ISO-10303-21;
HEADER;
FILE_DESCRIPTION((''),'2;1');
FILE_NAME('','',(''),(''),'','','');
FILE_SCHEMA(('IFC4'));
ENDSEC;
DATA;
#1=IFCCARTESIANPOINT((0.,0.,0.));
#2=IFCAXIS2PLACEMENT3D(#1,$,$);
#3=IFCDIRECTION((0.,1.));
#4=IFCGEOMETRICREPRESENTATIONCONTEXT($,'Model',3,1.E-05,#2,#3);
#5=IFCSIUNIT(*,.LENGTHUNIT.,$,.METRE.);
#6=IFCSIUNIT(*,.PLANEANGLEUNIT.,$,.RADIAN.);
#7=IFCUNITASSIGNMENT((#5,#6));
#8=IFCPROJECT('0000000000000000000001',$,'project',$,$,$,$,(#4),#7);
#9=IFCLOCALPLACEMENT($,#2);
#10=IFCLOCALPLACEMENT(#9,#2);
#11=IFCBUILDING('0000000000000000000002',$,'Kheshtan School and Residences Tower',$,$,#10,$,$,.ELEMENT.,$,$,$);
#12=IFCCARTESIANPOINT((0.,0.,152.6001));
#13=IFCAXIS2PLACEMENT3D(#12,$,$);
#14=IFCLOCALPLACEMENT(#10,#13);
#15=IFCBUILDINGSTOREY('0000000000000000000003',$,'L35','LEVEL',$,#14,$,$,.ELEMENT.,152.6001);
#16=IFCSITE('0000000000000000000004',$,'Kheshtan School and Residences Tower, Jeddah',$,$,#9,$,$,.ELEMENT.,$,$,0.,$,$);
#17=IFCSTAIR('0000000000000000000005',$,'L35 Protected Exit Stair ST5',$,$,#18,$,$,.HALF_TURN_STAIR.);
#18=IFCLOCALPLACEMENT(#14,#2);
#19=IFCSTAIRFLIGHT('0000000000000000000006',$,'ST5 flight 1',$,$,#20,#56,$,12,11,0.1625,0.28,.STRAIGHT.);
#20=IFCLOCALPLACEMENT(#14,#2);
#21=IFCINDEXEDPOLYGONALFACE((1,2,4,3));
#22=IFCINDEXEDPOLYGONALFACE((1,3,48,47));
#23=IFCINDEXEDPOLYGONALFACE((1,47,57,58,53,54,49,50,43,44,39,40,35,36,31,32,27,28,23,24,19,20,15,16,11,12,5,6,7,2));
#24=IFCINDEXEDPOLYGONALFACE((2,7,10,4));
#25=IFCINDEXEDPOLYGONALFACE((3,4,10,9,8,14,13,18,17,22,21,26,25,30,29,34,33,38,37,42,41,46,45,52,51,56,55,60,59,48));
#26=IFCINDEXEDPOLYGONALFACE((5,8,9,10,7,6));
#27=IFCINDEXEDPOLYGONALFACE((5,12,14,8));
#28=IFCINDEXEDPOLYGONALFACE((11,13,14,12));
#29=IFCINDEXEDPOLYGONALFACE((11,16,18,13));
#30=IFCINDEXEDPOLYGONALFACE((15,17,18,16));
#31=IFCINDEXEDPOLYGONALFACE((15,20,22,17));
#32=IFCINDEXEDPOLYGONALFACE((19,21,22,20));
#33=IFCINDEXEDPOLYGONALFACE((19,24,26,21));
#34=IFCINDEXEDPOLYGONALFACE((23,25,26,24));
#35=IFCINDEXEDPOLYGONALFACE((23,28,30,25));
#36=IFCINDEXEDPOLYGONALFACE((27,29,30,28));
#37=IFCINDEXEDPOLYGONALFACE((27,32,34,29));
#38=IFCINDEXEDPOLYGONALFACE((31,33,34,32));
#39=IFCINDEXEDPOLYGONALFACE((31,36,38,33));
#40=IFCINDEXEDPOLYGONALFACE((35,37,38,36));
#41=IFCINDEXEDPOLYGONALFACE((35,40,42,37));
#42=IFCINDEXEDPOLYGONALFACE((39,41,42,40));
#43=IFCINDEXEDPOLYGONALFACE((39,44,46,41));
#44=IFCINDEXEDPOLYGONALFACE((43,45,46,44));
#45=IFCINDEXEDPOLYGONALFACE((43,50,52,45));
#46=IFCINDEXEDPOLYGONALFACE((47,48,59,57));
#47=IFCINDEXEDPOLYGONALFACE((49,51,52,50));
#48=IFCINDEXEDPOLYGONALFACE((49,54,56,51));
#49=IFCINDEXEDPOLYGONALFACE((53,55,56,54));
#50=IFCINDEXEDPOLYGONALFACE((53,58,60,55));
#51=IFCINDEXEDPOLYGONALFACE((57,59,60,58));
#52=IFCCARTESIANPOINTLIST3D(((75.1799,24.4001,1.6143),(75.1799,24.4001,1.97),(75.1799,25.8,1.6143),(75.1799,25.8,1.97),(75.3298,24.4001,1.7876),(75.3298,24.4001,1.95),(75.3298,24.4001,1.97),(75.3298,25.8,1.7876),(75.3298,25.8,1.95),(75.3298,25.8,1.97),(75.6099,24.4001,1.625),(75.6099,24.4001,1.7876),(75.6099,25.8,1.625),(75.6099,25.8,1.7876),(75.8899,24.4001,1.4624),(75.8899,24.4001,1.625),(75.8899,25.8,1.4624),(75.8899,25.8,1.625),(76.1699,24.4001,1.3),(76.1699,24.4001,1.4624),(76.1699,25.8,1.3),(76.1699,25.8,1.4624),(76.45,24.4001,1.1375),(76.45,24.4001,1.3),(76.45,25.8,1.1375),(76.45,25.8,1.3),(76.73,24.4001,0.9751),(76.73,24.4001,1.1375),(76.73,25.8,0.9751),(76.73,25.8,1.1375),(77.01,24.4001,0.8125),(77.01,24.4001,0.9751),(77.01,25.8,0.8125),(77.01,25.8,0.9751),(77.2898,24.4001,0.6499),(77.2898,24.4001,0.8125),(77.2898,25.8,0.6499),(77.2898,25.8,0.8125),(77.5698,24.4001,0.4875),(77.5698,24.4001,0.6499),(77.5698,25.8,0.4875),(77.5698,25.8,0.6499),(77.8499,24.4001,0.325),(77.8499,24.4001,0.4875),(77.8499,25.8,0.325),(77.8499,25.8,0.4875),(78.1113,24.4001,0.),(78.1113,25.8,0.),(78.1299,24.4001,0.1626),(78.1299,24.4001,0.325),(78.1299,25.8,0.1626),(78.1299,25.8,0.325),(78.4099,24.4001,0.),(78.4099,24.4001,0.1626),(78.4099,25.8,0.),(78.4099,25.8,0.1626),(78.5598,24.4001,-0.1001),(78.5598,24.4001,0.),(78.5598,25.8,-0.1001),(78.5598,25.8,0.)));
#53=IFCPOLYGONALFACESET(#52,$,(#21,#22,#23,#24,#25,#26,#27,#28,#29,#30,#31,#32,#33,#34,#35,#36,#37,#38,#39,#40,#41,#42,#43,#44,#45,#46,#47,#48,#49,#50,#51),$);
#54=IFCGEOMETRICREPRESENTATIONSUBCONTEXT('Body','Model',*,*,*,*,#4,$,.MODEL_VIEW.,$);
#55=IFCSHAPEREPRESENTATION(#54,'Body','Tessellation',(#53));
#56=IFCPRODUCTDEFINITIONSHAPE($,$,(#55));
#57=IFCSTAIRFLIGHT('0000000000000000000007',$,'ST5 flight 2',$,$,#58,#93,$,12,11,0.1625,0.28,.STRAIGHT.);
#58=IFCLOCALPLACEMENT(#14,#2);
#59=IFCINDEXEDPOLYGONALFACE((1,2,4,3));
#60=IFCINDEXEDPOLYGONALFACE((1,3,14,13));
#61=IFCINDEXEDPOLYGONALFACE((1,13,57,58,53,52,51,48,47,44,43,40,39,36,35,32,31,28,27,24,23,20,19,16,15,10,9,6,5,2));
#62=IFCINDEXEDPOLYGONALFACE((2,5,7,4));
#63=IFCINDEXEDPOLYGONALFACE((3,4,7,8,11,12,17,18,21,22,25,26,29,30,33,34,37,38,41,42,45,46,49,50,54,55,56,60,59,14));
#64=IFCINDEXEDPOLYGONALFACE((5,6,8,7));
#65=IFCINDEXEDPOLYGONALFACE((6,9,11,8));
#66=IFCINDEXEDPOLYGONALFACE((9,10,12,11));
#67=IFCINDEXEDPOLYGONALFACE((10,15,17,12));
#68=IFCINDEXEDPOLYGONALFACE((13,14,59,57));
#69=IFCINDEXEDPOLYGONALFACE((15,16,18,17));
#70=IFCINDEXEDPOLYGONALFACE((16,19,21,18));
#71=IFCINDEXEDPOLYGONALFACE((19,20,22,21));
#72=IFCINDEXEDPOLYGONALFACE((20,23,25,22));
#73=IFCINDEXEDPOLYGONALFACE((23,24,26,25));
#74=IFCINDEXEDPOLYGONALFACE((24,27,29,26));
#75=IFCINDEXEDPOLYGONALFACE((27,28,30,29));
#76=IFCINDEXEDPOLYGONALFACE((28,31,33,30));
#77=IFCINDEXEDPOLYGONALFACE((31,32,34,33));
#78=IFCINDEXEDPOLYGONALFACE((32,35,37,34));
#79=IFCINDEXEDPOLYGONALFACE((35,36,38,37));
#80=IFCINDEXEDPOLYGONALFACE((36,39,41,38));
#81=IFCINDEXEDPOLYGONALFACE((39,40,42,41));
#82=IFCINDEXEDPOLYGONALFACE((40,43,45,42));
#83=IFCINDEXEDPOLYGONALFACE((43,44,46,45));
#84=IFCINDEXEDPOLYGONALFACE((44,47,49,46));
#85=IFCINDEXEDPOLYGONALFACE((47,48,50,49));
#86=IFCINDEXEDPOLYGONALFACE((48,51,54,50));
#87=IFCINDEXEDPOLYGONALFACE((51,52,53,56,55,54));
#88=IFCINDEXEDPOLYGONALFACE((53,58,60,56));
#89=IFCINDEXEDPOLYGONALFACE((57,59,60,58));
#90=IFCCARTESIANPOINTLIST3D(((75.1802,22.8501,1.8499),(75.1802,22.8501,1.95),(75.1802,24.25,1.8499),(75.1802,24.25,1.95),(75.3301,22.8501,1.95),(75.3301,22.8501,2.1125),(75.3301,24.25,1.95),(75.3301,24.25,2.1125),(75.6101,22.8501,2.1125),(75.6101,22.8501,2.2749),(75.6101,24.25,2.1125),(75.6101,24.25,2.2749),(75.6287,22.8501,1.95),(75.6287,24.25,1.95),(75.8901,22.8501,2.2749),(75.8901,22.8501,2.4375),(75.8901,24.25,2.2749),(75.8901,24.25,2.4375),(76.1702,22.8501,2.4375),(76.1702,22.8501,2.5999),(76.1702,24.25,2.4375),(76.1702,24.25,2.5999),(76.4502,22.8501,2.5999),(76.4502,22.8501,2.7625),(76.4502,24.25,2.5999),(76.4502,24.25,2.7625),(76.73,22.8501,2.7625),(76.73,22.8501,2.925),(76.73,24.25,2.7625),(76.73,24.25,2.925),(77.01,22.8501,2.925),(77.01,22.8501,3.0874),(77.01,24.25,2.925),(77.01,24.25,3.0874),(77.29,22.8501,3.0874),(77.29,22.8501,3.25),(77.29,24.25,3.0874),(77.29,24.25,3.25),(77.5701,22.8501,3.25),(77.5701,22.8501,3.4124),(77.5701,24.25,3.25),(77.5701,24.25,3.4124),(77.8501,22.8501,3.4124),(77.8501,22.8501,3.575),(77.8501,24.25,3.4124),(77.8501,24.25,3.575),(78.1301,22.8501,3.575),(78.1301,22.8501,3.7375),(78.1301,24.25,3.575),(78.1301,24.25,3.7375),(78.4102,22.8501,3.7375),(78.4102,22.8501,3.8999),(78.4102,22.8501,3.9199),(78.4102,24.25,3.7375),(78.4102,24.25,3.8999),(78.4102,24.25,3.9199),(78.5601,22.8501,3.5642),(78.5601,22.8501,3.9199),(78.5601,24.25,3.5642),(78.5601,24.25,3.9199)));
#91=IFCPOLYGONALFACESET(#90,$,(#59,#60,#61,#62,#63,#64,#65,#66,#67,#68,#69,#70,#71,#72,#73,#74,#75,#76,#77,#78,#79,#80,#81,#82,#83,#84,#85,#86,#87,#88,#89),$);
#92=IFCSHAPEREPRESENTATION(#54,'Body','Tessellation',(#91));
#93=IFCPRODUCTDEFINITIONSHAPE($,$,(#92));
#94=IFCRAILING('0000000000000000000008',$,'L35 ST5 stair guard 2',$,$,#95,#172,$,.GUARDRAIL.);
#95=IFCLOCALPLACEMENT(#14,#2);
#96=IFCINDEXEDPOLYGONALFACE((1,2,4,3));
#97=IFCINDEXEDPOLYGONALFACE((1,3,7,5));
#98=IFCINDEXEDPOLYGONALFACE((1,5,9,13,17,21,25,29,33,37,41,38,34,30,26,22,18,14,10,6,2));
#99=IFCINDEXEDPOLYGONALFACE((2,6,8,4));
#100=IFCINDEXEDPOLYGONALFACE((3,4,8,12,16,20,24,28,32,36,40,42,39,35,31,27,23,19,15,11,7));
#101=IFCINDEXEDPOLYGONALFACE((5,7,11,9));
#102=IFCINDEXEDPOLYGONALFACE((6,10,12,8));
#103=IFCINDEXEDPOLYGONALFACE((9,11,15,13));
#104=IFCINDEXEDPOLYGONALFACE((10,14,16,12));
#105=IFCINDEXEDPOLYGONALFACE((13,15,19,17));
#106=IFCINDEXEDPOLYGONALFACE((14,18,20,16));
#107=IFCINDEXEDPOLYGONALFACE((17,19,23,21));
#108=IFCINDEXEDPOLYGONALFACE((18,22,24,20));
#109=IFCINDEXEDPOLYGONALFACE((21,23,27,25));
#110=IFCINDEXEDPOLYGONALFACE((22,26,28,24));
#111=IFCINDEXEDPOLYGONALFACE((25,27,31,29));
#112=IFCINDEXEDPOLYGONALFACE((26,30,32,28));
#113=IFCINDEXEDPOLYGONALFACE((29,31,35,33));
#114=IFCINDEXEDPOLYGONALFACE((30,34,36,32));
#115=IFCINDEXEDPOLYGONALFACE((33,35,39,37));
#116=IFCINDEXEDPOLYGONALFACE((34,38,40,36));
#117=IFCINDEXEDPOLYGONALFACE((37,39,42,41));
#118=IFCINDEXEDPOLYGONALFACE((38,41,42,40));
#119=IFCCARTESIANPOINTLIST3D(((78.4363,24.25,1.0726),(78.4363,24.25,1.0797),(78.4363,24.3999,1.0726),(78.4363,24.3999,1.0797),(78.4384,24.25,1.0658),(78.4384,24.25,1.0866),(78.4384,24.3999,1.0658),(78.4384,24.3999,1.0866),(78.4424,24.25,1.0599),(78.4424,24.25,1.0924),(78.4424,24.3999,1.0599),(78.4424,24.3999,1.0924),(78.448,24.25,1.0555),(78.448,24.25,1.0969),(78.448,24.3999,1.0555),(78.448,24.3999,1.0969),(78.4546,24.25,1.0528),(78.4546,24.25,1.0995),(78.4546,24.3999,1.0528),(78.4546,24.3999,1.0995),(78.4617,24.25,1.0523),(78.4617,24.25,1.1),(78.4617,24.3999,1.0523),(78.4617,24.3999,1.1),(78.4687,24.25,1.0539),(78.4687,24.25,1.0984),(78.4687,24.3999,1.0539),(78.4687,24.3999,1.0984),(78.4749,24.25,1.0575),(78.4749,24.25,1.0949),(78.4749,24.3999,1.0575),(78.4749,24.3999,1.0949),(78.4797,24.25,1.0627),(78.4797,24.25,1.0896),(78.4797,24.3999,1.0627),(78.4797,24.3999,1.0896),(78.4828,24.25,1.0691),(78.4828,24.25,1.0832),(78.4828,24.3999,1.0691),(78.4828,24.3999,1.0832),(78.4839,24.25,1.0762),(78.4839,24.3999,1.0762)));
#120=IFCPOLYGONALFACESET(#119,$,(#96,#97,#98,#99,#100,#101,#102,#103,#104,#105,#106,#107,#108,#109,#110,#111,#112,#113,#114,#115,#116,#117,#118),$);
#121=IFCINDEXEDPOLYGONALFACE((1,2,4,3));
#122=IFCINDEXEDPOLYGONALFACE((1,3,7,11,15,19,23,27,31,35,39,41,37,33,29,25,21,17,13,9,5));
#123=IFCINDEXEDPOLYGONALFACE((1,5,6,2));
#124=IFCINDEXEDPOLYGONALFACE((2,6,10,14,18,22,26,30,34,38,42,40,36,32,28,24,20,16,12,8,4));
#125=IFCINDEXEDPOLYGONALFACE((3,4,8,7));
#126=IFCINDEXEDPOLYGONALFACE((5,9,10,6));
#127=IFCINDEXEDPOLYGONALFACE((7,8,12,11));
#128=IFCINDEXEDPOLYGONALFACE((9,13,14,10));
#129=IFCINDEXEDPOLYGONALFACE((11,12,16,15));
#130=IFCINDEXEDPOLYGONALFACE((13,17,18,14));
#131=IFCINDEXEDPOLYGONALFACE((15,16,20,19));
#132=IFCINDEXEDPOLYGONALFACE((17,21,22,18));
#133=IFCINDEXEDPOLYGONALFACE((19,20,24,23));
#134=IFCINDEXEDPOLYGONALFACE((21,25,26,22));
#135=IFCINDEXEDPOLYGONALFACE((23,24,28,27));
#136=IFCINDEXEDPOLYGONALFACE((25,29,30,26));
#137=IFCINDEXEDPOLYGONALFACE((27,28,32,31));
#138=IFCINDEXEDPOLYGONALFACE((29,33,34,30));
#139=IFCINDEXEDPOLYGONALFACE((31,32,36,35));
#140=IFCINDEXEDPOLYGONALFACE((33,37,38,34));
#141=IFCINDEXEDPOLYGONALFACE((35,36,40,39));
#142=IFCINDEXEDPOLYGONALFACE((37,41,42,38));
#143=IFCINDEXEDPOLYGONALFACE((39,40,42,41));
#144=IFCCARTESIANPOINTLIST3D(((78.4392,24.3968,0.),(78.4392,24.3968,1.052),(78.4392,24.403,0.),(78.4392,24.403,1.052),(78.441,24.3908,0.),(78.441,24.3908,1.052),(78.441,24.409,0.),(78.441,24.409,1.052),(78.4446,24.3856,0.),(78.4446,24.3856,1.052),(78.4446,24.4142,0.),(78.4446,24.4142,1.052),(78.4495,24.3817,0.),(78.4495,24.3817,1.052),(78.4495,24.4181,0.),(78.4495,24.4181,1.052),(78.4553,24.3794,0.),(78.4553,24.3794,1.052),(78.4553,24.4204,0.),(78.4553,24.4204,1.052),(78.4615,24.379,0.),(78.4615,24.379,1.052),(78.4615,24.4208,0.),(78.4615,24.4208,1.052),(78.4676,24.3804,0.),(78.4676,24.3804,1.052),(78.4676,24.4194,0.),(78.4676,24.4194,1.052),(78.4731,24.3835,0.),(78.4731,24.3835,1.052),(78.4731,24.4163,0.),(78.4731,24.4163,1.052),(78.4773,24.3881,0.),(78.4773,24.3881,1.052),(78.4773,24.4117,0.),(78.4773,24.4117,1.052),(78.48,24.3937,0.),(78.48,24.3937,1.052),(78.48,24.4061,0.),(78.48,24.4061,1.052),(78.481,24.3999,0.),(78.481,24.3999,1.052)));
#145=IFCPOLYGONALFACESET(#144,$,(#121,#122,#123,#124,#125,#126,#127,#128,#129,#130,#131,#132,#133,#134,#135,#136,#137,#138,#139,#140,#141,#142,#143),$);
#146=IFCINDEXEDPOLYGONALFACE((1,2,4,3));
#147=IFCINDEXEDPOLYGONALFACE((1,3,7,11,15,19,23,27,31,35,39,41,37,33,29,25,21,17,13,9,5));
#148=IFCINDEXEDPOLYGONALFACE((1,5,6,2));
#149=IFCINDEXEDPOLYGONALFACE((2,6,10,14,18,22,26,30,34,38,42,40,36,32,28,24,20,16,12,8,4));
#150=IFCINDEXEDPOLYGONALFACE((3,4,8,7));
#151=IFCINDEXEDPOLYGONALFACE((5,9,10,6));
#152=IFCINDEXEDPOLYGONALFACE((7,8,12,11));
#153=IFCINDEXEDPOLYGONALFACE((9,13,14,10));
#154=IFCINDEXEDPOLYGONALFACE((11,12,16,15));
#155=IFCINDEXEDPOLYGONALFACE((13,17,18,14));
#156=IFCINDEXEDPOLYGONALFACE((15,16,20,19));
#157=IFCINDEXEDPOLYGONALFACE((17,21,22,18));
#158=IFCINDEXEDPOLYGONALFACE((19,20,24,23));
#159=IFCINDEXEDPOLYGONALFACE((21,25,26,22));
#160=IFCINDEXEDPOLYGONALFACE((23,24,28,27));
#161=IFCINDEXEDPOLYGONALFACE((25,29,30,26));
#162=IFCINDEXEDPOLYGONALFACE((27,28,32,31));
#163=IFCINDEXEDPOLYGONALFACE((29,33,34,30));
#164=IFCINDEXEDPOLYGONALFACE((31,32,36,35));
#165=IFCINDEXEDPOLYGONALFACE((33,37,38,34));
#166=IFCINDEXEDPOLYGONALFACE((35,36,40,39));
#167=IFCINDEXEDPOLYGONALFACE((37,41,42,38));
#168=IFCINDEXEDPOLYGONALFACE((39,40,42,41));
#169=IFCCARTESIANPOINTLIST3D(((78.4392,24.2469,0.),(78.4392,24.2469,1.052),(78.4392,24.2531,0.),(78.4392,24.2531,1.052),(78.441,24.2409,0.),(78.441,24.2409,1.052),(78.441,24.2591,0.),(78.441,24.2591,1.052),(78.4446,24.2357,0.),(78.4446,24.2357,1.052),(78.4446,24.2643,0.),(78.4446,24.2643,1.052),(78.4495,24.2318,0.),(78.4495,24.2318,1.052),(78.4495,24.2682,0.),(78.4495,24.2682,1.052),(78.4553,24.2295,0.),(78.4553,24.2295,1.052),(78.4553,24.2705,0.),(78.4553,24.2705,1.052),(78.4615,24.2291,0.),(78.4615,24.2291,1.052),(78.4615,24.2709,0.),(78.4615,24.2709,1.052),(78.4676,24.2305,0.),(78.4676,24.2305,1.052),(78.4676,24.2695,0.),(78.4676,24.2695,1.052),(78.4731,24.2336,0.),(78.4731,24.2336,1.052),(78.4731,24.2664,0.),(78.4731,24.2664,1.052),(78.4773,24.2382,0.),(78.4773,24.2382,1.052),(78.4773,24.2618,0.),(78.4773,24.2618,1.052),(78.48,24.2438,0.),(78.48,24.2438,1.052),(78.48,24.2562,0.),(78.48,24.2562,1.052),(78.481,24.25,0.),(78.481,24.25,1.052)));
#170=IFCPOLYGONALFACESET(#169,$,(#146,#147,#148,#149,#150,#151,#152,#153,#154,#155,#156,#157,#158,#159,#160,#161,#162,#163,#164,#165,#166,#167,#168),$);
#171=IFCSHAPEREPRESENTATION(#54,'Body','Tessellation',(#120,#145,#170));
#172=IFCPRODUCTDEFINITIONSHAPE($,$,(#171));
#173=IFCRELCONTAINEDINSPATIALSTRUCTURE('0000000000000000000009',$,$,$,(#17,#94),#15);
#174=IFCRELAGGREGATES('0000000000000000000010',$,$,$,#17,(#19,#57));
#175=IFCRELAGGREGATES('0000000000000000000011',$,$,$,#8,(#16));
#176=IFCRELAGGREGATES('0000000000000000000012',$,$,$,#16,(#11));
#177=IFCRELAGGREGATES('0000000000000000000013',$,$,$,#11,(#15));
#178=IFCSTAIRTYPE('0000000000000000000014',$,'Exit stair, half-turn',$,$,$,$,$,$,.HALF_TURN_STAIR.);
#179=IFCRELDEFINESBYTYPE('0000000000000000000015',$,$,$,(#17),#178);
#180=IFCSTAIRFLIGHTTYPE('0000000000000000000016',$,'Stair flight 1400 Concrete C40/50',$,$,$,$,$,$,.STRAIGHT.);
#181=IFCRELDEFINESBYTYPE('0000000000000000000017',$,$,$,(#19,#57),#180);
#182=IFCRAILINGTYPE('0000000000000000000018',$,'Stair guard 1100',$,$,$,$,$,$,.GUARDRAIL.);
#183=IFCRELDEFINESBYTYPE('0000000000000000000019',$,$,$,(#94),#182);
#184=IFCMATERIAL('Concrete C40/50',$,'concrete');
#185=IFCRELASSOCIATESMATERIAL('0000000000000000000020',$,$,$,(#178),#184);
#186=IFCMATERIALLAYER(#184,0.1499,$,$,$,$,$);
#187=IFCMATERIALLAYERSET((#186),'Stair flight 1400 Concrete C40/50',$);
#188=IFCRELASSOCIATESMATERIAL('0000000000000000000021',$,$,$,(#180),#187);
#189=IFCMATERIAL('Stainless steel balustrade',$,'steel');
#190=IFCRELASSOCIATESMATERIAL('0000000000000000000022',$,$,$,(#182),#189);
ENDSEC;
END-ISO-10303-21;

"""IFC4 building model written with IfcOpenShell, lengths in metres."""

from ifc_helpers import new_model, si_unit, direction, frame, origin, origin_2d, place, context, subcontext, project, spatial, polyline, circle, outline, extrude, material, layer, layer_set, type_object, element, aggregate, save


model = new_model("IFC4")

# Units and contexts
model_context = context("Model", 3, precision=1e-05, world=origin(), true_north=direction((0.0, 1.0)))
body_context = subcontext(model_context, "Body", "Model", "MODEL_VIEW")
ifc_project = project(units=[si_unit("LENGTHUNIT", "METRE"), si_unit("PLANEANGLEUNIT", "RADIAN")], contexts=[model_context])

# Site, building, storey
site_placement = place(None, origin())
site = spatial("IfcSite", under=ifc_project, at=site_placement, Name="Kheshtan School and Residences Tower, Jeddah", CompositionType="ELEMENT", RefElevation=0.0)
building_placement = place(site_placement, origin())
building = spatial("IfcBuilding", under=site, at=building_placement, Name="Kheshtan School and Residences Tower", CompositionType="ELEMENT")
storey_placement = place(building_placement, frame((0.0, 0.0, 152.6001)))
storey = spatial("IfcBuildingStorey", under=building, at=storey_placement, Name="L35", Description="LEVEL", CompositionType="ELEMENT", Elevation=152.6001)

# Shared definitions
ifc_material_1 = material(Name="Concrete C40/50", Category="concrete")

# Stair, stair flights
stair_type = type_object("IfcStairType", Name="Exit stair, half-turn", PredefinedType="HALF_TURN_STAIR", material=ifc_material_1)
stair_placement = place(storey_placement, origin())
stair = element("IfcStair", 1, at=stair_placement, inside=storey, type_object=stair_type, Name="L35 Protected Exit Stair ST5", PredefinedType="HALF_TURN_STAIR")
ifc_layer_1 = layer(ifc_material_1, 0.1499)
ifc_layer_set_1 = layer_set([ifc_layer_1], Name="Stair flight 1400 Concrete C40/50")
stair_flight_type = type_object("IfcStairFlightType", Name="Stair flight 1400 Concrete C40/50", PredefinedType="STRAIGHT", material=ifc_layer_set_1)
stair_flight_1_placement = place(storey_placement, frame((78.4099, 25.1001, 0.0), z_axis=(0.0, 0.0, 1.0), x_axis=(-1.0, 0.0, 0.0)))
stair_flight_1 = element("IfcStairFlight", 2, at=stair_flight_1_placement, type_object=stair_flight_type, Name="ST5 flight 1", NumberOfRisers=12, NumberOfTreads=11, PredefinedType="STRAIGHT", RiserHeight=0.1625, TreadLength=0.28, context=body_context, shape_type="SweptSolid", body=[
    extrude(outline(polyline([(-0.1499, -0.1001), (-0.1499, 0.0), (0.0, 0.0), (0.0, 0.1626), (0.28, 0.1626), (0.28, 0.325), (0.5601, 0.325), (0.5601, 0.4875), (0.8401, 0.4875), (0.8401, 0.6499), (1.1201, 0.6499), (1.1201, 0.8125), (1.3999, 0.8125), (1.3999, 0.9751), (1.6799, 0.9751), (1.6799, 1.1375), (1.96, 1.1375), (1.96, 1.3), (2.24, 1.3), (2.24, 1.4624), (2.52, 1.4624), (2.52, 1.625), (2.8, 1.625), (2.8, 1.7876), (3.0801, 1.7876), (3.0801, 1.95), (3.0801, 1.97), (3.23, 1.97), (3.23, 1.6143), (0.2986, 0.0), (-0.1499, -0.1001)])), frame((0.0, 0.7, 0.0), z_axis=(0.0, -1.0, 0.0), x_axis=(1.0, 0.0, 0.0)), (0.0, 0.0, 1.0), 1.3999),
])
stair_flight_2_placement = place(storey_placement, frame((75.3301, 23.55, 1.95), z_axis=(0.0, 0.0, 1.0), x_axis=(1.0, 0.0, 0.0)))
stair_flight_2 = element("IfcStairFlight", 3, at=stair_flight_2_placement, type_object=stair_flight_type, Name="ST5 flight 2", NumberOfRisers=12, NumberOfTreads=11, PredefinedType="STRAIGHT", RiserHeight=0.1625, TreadLength=0.28, context=body_context, shape_type="SweptSolid", body=[
    extrude(outline(polyline([(-0.1499, -0.1001), (-0.1499, 0.0), (0.0, 0.0), (0.0, 0.1626), (0.28, 0.1626), (0.28, 0.325), (0.5601, 0.325), (0.5601, 0.4875), (0.8401, 0.4875), (0.8401, 0.6499), (1.1201, 0.6499), (1.1201, 0.8125), (1.3999, 0.8125), (1.3999, 0.9751), (1.6799, 0.9751), (1.6799, 1.1375), (1.96, 1.1375), (1.96, 1.3), (2.24, 1.3), (2.24, 1.4624), (2.52, 1.4624), (2.52, 1.625), (2.8, 1.625), (2.8, 1.7876), (3.0801, 1.7876), (3.0801, 1.95), (3.0801, 1.97), (3.23, 1.97), (3.23, 1.6143), (0.2986, 0.0), (-0.1499, -0.1001)])), frame((0.0, 0.7, 0.0), z_axis=(0.0, -1.0, 0.0), x_axis=(1.0, 0.0, 0.0)), (0.0, 0.0, 1.0), 1.3999),
])
aggregate(stair, [stair_flight_1, stair_flight_2])

# Railing
ifc_material_2 = material(Name="Stainless steel balustrade", Category="steel")
railing_type_1 = type_object("IfcRailingType", Name="Stair guard 1100", PredefinedType="GUARDRAIL", material=ifc_material_2)
railing_1_placement = place(storey_placement, frame((78.46, 24.3999, 0.0)))
element("IfcRailing", 4, at=railing_1_placement, inside=storey, type_object=railing_type_1, Name="L35 ST5 stair guard 2", PredefinedType="GUARDRAIL", context=body_context, shape_type="SweptSolid", body=[
    extrude(circle(Radius=0.0239, at=origin_2d()), frame((0.0, 0.0, 1.0762), z_axis=(0.0, -1.0, 0.0), x_axis=(1.0, 0.0, 0.0)), (0.0, 0.0, 1.0), 0.1499),
    extrude(circle(Radius=0.021, at=origin_2d()), origin(), (0.0, 0.0, 1.0), 1.052),
    extrude(circle(Radius=0.021, at=origin_2d()), frame((0.0, -0.1499, 0.0)), (0.0, 0.0, 1.0), 1.052),
])

save(model, "model.ifc")
